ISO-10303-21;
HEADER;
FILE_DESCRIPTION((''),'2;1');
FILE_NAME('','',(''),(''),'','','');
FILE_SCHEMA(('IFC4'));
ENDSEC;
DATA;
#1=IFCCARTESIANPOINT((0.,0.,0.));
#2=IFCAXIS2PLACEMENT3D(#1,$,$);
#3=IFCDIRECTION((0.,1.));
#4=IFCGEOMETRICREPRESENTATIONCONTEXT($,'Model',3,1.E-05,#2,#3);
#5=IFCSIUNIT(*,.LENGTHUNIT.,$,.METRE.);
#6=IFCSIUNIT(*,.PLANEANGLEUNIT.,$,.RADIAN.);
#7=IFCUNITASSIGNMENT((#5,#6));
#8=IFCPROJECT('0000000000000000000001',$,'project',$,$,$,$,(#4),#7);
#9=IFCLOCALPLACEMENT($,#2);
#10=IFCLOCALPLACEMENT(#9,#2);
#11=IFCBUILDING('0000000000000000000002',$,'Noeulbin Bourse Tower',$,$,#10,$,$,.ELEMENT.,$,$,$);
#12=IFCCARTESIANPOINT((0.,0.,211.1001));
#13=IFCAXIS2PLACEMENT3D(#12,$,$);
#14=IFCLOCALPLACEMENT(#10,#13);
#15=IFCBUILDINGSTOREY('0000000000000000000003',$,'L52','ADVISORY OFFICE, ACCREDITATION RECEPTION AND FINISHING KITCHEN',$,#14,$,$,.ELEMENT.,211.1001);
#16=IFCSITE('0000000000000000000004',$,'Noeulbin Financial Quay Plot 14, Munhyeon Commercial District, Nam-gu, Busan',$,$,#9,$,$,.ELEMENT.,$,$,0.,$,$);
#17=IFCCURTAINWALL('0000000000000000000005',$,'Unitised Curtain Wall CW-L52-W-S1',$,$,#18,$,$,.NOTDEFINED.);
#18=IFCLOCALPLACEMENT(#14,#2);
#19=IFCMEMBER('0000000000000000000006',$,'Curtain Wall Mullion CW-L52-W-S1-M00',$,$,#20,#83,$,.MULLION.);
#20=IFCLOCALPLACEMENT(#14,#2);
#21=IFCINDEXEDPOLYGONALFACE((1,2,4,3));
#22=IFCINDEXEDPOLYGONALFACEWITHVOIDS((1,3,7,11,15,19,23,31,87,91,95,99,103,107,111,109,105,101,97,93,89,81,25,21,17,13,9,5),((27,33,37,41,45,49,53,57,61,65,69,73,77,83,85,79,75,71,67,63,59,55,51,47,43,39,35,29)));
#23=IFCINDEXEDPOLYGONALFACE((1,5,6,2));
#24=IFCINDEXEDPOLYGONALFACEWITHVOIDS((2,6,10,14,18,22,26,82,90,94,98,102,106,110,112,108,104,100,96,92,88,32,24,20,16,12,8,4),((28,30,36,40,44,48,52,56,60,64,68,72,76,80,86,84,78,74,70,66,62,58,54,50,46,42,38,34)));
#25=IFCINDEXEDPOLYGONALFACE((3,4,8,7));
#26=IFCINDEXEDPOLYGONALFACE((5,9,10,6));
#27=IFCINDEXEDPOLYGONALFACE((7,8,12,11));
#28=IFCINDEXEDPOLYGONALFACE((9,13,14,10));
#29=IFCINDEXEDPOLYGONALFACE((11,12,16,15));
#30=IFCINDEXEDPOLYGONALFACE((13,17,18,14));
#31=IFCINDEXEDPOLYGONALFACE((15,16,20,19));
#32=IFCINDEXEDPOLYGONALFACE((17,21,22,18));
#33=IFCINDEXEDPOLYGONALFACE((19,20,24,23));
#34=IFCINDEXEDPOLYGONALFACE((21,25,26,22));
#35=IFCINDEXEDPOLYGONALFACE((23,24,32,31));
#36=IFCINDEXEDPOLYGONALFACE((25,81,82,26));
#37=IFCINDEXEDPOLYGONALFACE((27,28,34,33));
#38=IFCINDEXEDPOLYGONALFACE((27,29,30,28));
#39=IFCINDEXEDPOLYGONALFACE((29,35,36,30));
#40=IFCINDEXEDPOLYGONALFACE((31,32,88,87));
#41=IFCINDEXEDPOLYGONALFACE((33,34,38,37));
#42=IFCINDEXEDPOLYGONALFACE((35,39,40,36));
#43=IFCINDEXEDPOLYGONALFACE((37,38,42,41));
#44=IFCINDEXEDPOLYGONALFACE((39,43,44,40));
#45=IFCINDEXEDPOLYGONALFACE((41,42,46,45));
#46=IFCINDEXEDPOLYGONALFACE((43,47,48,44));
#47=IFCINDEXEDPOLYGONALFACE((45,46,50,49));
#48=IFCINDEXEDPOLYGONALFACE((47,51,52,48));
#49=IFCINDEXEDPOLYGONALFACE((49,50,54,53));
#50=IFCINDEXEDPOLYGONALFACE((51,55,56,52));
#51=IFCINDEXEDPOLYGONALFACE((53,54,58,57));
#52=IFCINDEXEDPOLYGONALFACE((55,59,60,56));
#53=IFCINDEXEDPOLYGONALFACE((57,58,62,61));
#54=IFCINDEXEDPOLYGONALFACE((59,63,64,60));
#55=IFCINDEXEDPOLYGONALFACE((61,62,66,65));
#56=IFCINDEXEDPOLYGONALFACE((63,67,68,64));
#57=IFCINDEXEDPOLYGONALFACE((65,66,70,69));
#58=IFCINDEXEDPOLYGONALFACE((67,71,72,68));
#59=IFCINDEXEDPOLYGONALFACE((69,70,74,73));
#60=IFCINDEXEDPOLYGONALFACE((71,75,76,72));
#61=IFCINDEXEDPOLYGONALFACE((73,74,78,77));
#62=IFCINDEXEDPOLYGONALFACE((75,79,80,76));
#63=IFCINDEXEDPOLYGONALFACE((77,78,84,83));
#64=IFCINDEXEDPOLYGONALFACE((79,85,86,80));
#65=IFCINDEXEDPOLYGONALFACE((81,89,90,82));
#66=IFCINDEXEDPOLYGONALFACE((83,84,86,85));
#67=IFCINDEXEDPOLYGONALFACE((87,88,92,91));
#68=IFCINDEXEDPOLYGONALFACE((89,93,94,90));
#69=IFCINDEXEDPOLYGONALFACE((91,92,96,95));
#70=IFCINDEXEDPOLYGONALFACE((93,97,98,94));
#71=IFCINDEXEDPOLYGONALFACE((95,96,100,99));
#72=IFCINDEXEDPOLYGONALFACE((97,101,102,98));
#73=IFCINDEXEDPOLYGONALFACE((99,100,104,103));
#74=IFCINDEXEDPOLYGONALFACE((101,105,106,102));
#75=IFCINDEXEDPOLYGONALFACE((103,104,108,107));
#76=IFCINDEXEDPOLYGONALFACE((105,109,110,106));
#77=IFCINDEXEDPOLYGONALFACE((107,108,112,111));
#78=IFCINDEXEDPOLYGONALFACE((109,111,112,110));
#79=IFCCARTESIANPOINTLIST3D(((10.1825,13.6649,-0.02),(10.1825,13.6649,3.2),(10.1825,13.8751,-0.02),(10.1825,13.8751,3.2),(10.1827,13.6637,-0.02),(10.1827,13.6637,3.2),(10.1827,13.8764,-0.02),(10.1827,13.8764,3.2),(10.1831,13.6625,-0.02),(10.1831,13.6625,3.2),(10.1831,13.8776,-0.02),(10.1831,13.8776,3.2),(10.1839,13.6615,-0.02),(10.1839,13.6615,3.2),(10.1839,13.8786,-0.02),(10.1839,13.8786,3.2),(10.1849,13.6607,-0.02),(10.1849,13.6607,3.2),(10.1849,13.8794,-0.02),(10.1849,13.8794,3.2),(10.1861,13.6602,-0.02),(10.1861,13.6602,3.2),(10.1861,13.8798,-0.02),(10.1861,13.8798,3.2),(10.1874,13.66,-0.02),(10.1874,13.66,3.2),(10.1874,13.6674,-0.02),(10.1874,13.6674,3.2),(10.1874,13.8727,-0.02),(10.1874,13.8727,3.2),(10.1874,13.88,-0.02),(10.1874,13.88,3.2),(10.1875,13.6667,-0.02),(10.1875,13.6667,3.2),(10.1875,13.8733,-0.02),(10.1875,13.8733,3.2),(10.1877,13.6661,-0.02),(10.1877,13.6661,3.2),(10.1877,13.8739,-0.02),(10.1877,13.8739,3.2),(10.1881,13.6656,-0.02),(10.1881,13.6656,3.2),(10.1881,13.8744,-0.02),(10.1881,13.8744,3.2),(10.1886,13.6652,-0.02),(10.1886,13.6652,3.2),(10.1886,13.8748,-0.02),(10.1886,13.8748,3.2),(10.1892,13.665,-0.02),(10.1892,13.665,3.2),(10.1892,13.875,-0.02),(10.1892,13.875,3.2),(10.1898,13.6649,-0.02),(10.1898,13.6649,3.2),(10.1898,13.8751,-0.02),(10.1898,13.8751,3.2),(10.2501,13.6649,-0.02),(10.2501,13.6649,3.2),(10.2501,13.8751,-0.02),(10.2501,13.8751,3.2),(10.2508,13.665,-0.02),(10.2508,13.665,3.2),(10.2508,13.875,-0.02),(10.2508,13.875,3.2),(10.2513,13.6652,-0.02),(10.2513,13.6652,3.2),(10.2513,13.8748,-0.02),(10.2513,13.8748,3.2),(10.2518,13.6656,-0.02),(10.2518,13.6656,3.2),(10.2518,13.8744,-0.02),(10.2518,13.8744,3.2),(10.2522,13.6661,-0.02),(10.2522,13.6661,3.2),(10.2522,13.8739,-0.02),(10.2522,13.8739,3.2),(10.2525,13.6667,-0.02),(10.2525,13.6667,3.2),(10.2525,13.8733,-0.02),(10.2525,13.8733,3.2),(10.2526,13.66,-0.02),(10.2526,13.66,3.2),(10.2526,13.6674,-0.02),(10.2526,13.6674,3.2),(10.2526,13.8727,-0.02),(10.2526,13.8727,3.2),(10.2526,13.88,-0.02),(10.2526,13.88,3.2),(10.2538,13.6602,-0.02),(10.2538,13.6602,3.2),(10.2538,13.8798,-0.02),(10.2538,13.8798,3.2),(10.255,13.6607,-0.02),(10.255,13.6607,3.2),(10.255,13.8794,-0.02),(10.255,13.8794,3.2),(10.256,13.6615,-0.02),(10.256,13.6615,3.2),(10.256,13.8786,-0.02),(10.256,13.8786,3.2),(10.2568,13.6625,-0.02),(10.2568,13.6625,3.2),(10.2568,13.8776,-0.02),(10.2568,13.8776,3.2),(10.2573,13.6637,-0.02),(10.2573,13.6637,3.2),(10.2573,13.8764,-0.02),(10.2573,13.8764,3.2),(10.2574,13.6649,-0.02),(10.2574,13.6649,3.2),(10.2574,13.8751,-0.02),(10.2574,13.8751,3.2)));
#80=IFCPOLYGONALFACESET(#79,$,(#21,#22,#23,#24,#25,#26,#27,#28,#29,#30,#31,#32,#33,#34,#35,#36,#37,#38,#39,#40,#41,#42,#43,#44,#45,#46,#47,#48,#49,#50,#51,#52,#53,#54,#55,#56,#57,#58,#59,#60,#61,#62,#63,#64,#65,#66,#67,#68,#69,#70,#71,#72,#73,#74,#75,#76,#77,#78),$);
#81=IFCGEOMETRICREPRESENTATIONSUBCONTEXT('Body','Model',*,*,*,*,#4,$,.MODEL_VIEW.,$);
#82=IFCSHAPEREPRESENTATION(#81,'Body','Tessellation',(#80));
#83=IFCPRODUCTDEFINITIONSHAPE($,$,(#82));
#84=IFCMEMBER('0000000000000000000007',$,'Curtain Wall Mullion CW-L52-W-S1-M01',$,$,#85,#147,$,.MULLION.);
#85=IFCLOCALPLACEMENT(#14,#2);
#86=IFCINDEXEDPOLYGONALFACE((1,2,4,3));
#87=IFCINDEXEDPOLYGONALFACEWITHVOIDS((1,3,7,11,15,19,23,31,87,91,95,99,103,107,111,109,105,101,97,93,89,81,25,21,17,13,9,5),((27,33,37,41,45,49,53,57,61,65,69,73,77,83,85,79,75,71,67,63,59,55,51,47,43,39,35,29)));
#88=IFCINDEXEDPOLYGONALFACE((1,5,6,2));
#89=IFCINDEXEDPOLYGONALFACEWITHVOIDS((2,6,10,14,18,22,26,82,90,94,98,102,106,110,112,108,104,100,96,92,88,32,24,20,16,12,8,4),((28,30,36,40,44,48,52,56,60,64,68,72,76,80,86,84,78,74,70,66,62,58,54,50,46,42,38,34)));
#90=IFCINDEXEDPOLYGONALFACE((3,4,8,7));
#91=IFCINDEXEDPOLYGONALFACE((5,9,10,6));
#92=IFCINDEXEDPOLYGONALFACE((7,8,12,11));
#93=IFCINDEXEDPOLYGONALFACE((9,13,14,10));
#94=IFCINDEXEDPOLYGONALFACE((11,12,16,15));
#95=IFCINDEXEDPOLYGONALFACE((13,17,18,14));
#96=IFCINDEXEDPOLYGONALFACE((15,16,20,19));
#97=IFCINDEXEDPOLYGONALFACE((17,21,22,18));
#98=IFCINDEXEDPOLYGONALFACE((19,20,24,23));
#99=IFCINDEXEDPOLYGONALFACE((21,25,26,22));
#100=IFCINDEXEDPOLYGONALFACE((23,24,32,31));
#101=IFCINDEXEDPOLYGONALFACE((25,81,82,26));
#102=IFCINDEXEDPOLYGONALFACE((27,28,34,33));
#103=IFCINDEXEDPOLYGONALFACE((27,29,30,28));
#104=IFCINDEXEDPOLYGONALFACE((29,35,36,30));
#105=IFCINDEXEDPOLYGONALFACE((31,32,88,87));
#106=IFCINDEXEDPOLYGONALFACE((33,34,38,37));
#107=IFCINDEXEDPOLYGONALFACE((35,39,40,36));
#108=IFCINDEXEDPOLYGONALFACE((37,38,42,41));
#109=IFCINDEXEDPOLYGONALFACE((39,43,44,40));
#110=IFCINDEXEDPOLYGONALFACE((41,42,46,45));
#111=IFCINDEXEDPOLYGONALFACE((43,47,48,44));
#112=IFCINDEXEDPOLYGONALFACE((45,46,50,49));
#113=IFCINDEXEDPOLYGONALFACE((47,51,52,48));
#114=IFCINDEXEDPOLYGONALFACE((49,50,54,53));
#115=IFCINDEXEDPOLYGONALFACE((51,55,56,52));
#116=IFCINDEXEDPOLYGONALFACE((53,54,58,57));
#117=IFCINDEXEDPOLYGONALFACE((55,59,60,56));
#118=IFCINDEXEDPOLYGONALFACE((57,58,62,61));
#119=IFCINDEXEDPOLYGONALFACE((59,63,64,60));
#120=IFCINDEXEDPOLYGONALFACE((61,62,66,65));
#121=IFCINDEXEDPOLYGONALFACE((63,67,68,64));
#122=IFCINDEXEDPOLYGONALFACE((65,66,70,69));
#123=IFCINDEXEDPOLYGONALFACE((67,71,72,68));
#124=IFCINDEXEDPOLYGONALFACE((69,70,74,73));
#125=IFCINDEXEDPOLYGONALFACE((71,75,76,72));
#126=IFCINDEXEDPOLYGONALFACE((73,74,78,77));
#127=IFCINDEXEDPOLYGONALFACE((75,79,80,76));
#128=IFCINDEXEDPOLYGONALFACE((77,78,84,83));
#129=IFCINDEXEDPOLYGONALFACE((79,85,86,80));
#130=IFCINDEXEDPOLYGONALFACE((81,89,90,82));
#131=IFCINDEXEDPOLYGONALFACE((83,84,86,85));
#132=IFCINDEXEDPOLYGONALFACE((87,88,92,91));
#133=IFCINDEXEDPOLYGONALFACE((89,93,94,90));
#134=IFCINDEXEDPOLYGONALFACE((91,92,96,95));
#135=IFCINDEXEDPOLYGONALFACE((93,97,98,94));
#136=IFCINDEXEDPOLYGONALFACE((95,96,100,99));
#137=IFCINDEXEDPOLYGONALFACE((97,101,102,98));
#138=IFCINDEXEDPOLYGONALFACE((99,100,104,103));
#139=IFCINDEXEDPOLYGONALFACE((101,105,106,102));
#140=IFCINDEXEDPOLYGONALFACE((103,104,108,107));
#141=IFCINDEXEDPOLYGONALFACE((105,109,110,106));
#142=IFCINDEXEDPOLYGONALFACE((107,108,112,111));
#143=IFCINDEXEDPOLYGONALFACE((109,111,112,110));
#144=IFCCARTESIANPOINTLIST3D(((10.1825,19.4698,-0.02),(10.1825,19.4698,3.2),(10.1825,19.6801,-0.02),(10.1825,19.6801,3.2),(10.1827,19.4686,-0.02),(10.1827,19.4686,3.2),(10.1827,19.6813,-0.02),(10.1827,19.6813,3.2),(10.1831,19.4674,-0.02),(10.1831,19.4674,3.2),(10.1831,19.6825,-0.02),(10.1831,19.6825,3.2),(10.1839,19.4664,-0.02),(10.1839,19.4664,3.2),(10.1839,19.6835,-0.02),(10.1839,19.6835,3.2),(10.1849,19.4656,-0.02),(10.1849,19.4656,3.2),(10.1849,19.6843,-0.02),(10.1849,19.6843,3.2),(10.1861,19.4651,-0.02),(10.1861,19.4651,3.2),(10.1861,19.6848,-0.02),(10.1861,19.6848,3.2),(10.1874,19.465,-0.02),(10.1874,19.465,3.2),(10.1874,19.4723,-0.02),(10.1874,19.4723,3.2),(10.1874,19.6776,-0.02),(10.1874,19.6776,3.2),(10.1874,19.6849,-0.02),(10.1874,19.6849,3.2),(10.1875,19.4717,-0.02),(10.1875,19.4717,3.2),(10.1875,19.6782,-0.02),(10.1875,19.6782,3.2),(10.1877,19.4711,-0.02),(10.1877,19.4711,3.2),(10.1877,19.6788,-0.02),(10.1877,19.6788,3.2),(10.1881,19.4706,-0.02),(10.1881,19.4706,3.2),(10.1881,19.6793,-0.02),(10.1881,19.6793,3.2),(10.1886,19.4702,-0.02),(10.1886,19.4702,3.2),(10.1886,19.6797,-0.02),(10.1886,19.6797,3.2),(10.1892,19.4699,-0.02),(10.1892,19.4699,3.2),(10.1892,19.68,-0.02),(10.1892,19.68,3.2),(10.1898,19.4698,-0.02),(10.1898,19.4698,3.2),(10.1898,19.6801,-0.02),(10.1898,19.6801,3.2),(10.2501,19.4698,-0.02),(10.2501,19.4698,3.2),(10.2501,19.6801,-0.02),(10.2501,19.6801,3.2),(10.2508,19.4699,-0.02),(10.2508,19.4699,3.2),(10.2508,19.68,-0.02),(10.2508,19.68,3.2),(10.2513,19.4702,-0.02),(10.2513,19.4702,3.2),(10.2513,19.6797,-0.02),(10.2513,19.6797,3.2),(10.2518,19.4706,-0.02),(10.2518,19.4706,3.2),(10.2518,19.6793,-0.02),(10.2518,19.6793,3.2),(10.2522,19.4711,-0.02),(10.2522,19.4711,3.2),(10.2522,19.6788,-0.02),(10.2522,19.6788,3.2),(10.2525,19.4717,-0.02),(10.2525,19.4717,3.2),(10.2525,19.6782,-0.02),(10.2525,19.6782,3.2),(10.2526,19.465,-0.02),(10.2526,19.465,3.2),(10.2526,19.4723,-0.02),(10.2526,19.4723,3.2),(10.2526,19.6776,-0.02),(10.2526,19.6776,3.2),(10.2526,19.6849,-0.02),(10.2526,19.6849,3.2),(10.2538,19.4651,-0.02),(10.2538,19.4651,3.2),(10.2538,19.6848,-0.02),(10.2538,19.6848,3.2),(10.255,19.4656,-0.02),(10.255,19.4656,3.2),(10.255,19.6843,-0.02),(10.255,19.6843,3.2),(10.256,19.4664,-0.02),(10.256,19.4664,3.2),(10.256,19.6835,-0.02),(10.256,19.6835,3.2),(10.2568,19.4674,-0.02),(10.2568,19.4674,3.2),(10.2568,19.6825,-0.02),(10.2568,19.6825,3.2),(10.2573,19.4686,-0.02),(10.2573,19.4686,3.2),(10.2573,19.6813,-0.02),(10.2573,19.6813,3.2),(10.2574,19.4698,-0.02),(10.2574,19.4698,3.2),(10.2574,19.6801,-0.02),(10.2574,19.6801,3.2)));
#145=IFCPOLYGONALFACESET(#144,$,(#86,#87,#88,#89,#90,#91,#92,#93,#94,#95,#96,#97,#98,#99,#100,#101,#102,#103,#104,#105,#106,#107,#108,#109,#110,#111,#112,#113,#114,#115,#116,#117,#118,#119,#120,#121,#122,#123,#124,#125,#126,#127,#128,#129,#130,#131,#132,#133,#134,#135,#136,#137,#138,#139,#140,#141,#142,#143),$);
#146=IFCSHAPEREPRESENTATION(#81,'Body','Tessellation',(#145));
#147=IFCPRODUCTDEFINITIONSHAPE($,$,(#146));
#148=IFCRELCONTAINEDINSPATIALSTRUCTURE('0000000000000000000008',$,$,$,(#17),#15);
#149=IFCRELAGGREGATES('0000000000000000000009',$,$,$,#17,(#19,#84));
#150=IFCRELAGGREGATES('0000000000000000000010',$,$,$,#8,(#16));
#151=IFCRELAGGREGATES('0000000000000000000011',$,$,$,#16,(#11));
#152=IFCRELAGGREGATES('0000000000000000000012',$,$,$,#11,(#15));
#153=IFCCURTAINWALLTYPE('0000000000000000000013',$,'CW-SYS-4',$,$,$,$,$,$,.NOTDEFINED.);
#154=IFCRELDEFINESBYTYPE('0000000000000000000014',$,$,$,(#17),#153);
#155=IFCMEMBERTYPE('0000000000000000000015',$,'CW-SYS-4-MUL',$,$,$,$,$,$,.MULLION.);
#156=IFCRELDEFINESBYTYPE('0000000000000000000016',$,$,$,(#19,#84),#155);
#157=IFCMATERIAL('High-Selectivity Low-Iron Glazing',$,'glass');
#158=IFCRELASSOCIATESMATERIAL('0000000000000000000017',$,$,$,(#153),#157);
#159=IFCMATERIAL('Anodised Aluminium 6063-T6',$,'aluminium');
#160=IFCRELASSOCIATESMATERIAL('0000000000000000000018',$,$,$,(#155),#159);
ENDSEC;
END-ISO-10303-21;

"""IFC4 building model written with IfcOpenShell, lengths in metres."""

from ifc_helpers import new_model, si_unit, direction, frame, origin, origin_2d, place, context, subcontext, project, spatial, hollow_rectangle, extrude, material, material_profile, profile_set, type_object, element, aggregate, save


model = new_model("IFC4")

# Units and contexts
model_context = context("Model", 3, precision=1e-05, world=origin(), true_north=direction((0.0, 1.0)))
body_context = subcontext(model_context, "Body", "Model", "MODEL_VIEW")
ifc_project = project(units=[si_unit("LENGTHUNIT", "METRE"), si_unit("PLANEANGLEUNIT", "RADIAN")], contexts=[model_context])

# Site, building, storey
site_placement = place(None, origin())
site = spatial("IfcSite", under=ifc_project, at=site_placement, Name="Noeulbin Financial Quay Plot 14, Munhyeon Commercial District, Nam-gu, Busan", CompositionType="ELEMENT", RefElevation=0.0)
building_placement = place(site_placement, origin())
building = spatial("IfcBuilding", under=site, at=building_placement, Name="Noeulbin Bourse Tower", CompositionType="ELEMENT")
storey_placement = place(building_placement, frame((0.0, 0.0, 211.1001)))
storey = spatial("IfcBuildingStorey", under=building, at=storey_placement, Name="L52", Description="ADVISORY OFFICE, ACCREDITATION RECEPTION AND FINISHING KITCHEN", CompositionType="ELEMENT", Elevation=211.1001)

# Curtain wall, members
ifc_material_1 = material(Name="High-Selectivity Low-Iron Glazing", Category="glass")
curtain_wall_type = type_object("IfcCurtainWallType", Name="CW-SYS-4", PredefinedType="NOTDEFINED", material=ifc_material_1)
curtain_wall_placement = place(storey_placement, origin())
curtain_wall = element("IfcCurtainWall", 1, at=curtain_wall_placement, inside=storey, type_object=curtain_wall_type, Name="Unitised Curtain Wall CW-L52-W-S1", PredefinedType="NOTDEFINED")
ifc_material_2 = material(Name="Anodised Aluminium 6063-T6", Category="aluminium")
ifc_material_profile_1 = material_profile(ifc_material_2, hollow_rectangle(XDim=0.075, YDim=0.22, WallThickness=0.0049, InnerFilletRadius=0.0024, OuterFilletRadius=0.0049, at=origin_2d()), Name="ALU-MULL-75x220x5", Category="LoadBearing")
ifc_profile_set_1 = profile_set([ifc_material_profile_1], Name="Anodised Aluminium 6063-T6")
member_type_1 = type_object("IfcMemberType", Name="CW-SYS-4-MUL", PredefinedType="MULLION", material=ifc_profile_set_1)
member_1_placement = place(storey_placement, frame((10.22, 13.77, -0.02), z_axis=(0.0, 0.0, 1.0), x_axis=(1.0, 0.0, 0.0)))
member_1 = element("IfcMember", 2, at=member_1_placement, type_object=member_type_1, Name="Curtain Wall Mullion CW-L52-W-S1-M00", PredefinedType="MULLION", context=body_context, shape_type="SweptSolid", body=[
    extrude(hollow_rectangle(XDim=0.075, YDim=0.22, WallThickness=0.0049, InnerFilletRadius=0.0024, OuterFilletRadius=0.0049, at=origin_2d()), origin(), (0.0, 0.0, 1.0), 3.22),
])
member_2_placement = place(storey_placement, frame((10.22, 19.575, -0.02), z_axis=(0.0, 0.0, 1.0), x_axis=(1.0, 0.0, 0.0)))
member_2 = element("IfcMember", 3, at=member_2_placement, type_object=member_type_1, Name="Curtain Wall Mullion CW-L52-W-S1-M01", PredefinedType="MULLION", context=body_context, shape_type="SweptSolid", body=[
    extrude(hollow_rectangle(XDim=0.075, YDim=0.22, WallThickness=0.0049, InnerFilletRadius=0.0024, OuterFilletRadius=0.0049, at=origin_2d()), origin(), (0.0, 0.0, 1.0), 3.22),
])
aggregate(curtain_wall, [member_1, member_2])

save(model, "model.ifc")
